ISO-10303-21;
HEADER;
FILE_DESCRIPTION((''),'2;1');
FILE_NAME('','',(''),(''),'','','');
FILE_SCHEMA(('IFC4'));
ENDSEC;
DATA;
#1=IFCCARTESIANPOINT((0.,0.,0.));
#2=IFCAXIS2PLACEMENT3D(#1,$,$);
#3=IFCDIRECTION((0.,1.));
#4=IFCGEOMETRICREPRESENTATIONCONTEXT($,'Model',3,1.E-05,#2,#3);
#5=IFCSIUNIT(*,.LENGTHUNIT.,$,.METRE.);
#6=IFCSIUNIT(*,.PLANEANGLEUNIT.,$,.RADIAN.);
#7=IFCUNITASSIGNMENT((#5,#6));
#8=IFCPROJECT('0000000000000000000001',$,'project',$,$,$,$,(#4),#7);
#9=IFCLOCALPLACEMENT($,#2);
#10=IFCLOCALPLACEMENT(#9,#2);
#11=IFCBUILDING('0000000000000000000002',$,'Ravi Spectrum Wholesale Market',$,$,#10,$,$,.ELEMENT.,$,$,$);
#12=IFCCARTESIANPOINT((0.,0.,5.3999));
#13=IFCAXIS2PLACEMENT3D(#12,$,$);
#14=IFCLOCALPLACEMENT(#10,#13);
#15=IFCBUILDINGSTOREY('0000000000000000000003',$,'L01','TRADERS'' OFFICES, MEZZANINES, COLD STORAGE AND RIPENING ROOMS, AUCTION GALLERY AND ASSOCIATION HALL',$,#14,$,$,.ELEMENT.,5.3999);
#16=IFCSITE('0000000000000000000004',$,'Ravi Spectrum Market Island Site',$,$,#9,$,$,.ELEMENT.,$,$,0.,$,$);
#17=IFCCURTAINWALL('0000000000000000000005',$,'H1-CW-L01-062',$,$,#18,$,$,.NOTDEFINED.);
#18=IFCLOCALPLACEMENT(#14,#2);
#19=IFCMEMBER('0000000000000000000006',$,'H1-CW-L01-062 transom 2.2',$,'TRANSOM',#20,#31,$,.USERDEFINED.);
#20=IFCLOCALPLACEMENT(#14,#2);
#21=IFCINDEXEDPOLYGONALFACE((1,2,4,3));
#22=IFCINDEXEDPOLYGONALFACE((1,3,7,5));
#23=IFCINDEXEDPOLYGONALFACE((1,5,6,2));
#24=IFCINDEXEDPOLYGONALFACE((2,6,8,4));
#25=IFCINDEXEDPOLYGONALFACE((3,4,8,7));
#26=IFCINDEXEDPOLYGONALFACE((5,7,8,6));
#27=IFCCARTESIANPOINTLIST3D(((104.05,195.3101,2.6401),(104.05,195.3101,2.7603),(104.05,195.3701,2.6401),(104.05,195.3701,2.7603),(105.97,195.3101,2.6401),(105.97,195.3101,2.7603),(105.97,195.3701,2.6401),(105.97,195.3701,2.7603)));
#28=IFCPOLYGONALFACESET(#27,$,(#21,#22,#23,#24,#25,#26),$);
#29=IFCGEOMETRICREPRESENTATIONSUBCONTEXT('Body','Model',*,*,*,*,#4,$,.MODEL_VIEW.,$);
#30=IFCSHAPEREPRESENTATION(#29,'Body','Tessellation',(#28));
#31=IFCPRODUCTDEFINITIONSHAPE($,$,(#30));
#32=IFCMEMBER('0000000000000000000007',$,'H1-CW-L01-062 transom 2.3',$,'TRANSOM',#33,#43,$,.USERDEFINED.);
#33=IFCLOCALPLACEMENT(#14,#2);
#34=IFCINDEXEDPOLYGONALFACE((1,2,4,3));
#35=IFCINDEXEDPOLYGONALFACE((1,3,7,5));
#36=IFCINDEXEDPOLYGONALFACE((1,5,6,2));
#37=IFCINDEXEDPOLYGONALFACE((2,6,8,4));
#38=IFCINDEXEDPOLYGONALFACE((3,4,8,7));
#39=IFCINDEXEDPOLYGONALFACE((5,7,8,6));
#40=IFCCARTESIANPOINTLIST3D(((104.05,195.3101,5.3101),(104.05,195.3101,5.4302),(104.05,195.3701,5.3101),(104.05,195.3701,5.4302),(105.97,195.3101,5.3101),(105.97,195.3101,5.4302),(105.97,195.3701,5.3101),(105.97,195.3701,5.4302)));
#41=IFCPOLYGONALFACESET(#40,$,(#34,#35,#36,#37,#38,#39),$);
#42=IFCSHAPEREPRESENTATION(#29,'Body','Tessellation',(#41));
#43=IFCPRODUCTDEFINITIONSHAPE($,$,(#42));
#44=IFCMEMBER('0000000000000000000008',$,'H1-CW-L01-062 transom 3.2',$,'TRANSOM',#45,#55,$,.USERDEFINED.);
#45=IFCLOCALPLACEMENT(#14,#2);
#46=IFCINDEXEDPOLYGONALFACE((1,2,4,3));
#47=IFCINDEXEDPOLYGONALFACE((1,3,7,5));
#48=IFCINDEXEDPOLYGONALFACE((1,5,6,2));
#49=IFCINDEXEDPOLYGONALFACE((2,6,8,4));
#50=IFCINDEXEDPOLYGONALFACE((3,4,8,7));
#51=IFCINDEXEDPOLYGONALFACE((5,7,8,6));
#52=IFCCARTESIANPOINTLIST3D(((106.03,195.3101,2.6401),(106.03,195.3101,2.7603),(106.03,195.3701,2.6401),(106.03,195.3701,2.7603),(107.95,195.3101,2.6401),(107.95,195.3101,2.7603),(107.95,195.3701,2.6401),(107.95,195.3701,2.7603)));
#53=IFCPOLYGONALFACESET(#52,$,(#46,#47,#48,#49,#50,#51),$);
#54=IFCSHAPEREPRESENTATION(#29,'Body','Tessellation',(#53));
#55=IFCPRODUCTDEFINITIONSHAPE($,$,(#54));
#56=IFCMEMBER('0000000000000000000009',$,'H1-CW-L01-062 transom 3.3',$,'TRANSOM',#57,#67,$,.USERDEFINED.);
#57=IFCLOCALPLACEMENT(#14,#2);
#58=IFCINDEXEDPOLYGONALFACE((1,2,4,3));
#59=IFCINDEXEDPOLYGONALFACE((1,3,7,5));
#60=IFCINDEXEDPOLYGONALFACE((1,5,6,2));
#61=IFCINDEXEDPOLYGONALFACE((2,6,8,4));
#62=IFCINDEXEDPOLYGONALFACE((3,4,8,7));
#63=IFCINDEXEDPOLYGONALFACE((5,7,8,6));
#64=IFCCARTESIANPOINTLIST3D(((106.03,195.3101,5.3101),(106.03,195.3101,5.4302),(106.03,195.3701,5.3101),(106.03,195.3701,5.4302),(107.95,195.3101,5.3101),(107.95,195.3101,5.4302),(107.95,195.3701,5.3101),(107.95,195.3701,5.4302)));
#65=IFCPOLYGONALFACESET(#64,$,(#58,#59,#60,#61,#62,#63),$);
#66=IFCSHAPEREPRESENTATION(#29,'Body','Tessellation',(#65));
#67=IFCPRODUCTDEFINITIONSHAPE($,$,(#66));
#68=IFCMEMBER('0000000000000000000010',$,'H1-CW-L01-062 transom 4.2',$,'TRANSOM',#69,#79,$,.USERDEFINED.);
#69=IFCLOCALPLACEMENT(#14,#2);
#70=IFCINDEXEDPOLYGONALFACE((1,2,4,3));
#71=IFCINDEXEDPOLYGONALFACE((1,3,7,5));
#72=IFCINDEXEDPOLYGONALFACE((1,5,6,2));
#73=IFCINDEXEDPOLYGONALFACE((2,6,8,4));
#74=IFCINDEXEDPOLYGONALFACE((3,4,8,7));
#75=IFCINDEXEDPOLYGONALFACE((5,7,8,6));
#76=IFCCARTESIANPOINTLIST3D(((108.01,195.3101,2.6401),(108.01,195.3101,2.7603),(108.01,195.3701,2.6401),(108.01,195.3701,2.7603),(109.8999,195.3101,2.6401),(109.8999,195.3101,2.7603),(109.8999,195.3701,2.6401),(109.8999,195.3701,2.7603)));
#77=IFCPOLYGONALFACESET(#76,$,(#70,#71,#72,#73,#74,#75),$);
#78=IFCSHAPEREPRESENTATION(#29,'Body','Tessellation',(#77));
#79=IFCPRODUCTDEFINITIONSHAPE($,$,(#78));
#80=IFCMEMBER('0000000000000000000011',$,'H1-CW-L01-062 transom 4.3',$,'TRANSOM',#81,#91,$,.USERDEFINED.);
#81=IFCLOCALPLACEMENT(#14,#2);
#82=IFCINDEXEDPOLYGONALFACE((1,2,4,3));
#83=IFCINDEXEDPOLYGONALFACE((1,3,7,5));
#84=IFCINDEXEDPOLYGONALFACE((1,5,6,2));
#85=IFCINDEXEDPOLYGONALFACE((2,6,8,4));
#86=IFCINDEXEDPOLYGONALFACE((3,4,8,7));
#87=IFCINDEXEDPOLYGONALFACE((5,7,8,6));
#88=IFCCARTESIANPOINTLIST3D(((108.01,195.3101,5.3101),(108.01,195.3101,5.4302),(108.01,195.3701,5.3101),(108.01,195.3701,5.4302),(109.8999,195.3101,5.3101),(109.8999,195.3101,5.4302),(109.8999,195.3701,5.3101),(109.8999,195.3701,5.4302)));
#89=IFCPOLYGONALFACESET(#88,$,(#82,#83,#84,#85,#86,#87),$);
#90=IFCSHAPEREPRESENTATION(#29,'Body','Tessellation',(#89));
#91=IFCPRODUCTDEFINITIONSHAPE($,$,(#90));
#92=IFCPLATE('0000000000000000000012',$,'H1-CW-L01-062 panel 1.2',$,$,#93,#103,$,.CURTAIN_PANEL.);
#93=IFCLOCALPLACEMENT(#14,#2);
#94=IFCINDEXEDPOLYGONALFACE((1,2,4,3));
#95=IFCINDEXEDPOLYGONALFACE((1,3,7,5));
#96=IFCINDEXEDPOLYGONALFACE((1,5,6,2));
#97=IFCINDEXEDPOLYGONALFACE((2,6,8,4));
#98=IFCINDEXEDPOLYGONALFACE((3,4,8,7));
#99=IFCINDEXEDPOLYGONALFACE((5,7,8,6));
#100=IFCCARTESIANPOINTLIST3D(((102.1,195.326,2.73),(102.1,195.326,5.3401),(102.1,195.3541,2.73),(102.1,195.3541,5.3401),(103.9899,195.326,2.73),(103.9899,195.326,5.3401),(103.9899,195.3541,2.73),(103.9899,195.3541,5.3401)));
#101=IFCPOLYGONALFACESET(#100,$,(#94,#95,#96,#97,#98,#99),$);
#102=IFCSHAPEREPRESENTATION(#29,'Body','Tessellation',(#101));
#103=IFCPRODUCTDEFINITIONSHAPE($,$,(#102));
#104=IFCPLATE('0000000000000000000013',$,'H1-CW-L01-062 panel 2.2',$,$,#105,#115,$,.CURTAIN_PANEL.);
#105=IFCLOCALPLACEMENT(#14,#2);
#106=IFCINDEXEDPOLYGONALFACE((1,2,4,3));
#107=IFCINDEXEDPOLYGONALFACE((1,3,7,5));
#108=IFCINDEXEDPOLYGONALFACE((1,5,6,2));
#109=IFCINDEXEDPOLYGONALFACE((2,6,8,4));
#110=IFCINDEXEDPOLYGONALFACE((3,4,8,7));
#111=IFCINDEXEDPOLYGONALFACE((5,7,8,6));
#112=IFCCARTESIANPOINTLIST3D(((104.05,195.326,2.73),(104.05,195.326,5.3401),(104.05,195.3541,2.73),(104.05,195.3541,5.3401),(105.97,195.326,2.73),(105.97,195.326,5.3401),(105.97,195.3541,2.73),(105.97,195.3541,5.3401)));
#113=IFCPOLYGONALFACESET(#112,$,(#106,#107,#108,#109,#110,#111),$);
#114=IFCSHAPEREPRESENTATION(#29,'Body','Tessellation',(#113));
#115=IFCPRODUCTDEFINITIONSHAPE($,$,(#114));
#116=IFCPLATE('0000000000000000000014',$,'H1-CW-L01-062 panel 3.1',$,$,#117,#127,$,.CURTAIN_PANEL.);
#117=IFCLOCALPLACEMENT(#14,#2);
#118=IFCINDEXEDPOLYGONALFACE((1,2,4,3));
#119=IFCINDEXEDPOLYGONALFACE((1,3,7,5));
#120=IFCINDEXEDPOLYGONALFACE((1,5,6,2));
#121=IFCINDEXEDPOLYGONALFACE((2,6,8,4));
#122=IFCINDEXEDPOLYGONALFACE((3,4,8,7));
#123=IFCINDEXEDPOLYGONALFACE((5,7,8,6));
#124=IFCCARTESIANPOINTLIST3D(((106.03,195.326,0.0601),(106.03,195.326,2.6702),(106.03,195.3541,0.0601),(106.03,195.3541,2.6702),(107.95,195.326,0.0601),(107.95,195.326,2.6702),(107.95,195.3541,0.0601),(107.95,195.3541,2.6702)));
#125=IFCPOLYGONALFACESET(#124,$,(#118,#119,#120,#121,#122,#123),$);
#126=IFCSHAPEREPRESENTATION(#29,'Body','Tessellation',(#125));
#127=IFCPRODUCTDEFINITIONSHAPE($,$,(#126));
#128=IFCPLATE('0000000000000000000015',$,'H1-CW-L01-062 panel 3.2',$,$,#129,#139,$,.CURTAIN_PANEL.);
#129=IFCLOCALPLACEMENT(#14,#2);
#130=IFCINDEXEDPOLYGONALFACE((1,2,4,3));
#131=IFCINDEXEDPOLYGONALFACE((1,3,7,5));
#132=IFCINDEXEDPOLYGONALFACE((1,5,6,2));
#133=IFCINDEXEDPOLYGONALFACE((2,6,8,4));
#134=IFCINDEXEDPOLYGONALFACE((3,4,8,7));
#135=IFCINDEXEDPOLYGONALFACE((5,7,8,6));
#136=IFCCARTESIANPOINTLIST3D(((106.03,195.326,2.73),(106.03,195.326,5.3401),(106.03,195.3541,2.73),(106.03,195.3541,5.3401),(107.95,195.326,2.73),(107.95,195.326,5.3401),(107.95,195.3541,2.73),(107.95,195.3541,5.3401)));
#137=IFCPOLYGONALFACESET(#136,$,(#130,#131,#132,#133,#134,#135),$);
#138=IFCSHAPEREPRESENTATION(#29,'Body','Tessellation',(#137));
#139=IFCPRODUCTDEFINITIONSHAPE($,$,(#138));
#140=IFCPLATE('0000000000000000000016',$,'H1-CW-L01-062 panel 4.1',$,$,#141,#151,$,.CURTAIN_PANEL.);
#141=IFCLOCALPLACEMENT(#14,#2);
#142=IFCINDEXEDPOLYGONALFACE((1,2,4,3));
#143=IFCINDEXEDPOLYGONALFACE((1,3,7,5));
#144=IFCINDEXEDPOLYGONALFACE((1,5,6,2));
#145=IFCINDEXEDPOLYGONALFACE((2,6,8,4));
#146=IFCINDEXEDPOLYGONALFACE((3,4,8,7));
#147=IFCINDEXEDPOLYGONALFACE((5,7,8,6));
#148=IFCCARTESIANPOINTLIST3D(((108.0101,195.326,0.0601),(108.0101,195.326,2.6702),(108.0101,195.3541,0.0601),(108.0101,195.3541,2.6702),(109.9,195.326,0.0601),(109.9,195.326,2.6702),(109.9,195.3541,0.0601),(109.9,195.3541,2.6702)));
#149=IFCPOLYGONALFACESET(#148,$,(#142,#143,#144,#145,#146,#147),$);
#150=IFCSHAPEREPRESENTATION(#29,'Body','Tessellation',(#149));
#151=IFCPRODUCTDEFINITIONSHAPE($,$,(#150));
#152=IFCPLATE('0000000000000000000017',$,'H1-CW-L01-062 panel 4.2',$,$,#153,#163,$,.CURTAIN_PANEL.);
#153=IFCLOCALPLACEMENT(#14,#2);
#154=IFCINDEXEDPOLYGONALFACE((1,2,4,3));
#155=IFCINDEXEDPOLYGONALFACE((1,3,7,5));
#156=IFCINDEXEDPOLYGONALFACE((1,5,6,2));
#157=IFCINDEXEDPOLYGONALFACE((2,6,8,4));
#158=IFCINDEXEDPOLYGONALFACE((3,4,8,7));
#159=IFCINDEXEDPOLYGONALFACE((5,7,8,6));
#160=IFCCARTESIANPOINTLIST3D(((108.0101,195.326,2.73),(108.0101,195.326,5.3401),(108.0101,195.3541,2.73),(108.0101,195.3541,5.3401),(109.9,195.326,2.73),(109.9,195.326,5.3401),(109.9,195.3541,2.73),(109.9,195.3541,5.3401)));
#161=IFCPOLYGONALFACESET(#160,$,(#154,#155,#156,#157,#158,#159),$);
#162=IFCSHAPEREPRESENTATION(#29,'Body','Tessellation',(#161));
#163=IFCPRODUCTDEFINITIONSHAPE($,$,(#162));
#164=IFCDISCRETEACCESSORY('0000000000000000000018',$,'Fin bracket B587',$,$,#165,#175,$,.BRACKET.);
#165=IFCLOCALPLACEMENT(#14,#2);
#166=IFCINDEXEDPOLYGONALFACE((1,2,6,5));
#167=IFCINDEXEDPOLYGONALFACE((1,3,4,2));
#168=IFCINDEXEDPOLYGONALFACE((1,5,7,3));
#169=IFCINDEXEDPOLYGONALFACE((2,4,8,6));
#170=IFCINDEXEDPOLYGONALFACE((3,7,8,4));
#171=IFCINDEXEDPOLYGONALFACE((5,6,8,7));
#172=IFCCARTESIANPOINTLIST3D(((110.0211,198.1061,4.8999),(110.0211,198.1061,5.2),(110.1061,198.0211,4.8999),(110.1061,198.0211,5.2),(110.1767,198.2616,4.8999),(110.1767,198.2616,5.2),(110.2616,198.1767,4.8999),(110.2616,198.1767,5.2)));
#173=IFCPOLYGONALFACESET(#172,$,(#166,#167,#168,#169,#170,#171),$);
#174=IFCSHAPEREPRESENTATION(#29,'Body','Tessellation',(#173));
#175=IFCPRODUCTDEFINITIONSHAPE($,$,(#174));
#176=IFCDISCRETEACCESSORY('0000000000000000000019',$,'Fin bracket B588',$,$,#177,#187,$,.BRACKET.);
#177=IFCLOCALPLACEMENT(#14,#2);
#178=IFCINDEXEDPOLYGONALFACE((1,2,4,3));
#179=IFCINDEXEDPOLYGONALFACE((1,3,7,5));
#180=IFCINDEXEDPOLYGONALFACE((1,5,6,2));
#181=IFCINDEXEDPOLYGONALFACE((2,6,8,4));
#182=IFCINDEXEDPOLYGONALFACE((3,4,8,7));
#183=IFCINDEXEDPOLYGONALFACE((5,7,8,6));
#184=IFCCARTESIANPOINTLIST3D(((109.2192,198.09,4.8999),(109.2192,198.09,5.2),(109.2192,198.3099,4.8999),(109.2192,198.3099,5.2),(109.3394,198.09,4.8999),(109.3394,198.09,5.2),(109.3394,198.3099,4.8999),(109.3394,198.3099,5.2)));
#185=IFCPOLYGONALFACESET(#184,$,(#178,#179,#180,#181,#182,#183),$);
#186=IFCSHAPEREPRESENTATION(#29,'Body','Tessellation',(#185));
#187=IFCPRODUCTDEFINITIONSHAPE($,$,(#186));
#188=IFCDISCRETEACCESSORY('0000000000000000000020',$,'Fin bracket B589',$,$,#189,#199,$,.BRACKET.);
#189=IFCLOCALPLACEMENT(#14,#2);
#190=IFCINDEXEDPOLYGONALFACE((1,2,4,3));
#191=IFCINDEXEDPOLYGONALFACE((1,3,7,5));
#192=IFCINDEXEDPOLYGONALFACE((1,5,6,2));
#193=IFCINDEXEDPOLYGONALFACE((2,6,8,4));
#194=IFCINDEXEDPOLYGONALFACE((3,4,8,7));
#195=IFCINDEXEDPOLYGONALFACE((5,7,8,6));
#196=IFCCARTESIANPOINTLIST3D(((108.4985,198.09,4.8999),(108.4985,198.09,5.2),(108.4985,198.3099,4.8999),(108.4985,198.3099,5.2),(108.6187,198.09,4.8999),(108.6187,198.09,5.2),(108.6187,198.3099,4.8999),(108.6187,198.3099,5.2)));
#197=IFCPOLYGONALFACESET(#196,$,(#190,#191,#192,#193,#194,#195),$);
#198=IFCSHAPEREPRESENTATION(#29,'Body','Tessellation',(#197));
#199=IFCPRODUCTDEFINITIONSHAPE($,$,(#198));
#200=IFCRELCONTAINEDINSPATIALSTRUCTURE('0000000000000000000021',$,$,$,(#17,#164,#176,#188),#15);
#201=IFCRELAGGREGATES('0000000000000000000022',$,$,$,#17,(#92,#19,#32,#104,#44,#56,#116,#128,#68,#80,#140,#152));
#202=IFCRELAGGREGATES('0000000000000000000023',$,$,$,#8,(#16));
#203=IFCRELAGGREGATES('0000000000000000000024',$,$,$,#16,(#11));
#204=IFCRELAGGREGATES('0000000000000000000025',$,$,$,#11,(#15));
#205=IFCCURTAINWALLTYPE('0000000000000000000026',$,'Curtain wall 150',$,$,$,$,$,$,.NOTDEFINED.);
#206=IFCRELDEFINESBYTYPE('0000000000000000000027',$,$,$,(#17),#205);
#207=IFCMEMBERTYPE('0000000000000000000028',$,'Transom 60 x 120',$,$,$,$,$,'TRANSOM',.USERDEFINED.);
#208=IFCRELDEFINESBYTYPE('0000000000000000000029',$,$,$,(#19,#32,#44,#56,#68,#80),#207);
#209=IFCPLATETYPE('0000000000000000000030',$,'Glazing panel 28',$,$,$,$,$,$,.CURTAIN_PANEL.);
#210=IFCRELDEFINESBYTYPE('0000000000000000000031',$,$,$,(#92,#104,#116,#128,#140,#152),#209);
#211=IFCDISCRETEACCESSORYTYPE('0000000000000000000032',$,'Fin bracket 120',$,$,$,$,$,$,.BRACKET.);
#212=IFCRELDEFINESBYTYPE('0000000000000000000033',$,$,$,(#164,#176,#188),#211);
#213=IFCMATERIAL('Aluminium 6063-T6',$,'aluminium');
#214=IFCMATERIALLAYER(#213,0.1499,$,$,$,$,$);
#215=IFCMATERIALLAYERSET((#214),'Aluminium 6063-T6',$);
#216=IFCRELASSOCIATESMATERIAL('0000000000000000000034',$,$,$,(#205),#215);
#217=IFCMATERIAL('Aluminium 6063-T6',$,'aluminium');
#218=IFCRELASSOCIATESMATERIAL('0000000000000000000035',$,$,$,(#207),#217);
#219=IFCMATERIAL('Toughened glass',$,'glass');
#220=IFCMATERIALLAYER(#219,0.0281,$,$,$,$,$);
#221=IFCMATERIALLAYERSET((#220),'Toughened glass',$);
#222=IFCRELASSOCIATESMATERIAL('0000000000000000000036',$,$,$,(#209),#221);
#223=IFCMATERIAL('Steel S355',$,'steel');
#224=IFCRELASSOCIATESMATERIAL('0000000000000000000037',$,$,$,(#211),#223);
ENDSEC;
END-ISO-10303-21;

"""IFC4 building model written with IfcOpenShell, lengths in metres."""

from ifc_helpers import new_model, si_unit, direction, frame, origin, origin_2d, place, context, subcontext, project, spatial, rectangle, extrude, material, layer, layer_set, material_profile, profile_set, type_object, element, aggregate, save


model = new_model("IFC4")

# Units and contexts
model_context = context("Model", 3, precision=1e-05, world=origin(), true_north=direction((0.0, 1.0)))
body_context = subcontext(model_context, "Body", "Model", "MODEL_VIEW")
ifc_project = project(units=[si_unit("LENGTHUNIT", "METRE"), si_unit("PLANEANGLEUNIT", "RADIAN")], contexts=[model_context])

# Site, building, storey
site_placement = place(None, origin())
site = spatial("IfcSite", under=ifc_project, at=site_placement, Name="Ravi Spectrum Market Island Site", CompositionType="ELEMENT", RefElevation=0.0)
building_placement = place(site_placement, origin())
building = spatial("IfcBuilding", under=site, at=building_placement, Name="Ravi Spectrum Wholesale Market", CompositionType="ELEMENT")
storey_placement = place(building_placement, frame((0.0, 0.0, 5.3999)))
storey = spatial("IfcBuildingStorey", under=building, at=storey_placement, Name="L01", Description="TRADERS' OFFICES, MEZZANINES, COLD STORAGE AND RIPENING ROOMS, AUCTION GALLERY AND ASSOCIATION HALL", CompositionType="ELEMENT", Elevation=5.3999)

# Curtain wall, members, plates
ifc_material_1 = material(Name="Aluminium 6063-T6", Category="aluminium")
ifc_layer_1 = layer(ifc_material_1, 0.1499)
ifc_layer_set_1 = layer_set([ifc_layer_1], Name="Aluminium 6063-T6")
curtain_wall_type = type_object("IfcCurtainWallType", Name="Curtain wall 150", PredefinedType="NOTDEFINED", material=ifc_layer_set_1)
curtain_wall_placement = place(storey_placement, origin())
curtain_wall = element("IfcCurtainWall", 1, at=curtain_wall_placement, inside=storey, type_object=curtain_wall_type, Name="H1-CW-L01-062", PredefinedType="NOTDEFINED")
ifc_material_2 = material(Name="Aluminium 6063-T6", Category="aluminium")
ifc_material_profile = material_profile(ifc_material_2, rectangle(XDim=0.0601, YDim=0.1201, at=origin_2d()))
ifc_profile_set = profile_set([ifc_material_profile], Name="Aluminium 6063-T6")
member_type = type_object("IfcMemberType", Name="Transom 60 x 120", ElementType="TRANSOM", PredefinedType="USERDEFINED", material=ifc_profile_set)
member_1_placement = place(storey_placement, frame((104.05, 195.3401, 2.7002), z_axis=(1.0, 0.0, 0.0), x_axis=(0.0, 1.0, 0.0)))
member_1 = element("IfcMember", 2, at=member_1_placement, type_object=member_type, Name="H1-CW-L01-062 transom 2.2", ObjectType="TRANSOM", PredefinedType="USERDEFINED", context=body_context, shape_type="SweptSolid", body=[
    extrude(rectangle(XDim=0.0601, YDim=0.1201, at=origin_2d()), origin(), (0.0, 0.0, 1.0), 1.9199),
])
member_2_placement = place(storey_placement, frame((104.05, 195.3401, 5.3701), z_axis=(1.0, 0.0, 0.0), x_axis=(0.0, 1.0, 0.0)))
member_2 = element("IfcMember", 3, at=member_2_placement, type_object=member_type, Name="H1-CW-L01-062 transom 2.3", ObjectType="TRANSOM", PredefinedType="USERDEFINED", context=body_context, shape_type="SweptSolid", body=[
    extrude(rectangle(XDim=0.0601, YDim=0.1201, at=origin_2d()), origin(), (0.0, 0.0, 1.0), 1.9199),
])
member_3_placement = place(storey_placement, frame((106.03, 195.3401, 2.7002), z_axis=(1.0, 0.0, 0.0), x_axis=(0.0, 1.0, 0.0)))
member_3 = element("IfcMember", 4, at=member_3_placement, type_object=member_type, Name="H1-CW-L01-062 transom 3.2", ObjectType="TRANSOM", PredefinedType="USERDEFINED", context=body_context, shape_type="SweptSolid", body=[
    extrude(rectangle(XDim=0.0601, YDim=0.1201, at=origin_2d()), origin(), (0.0, 0.0, 1.0), 1.9199),
])
member_4_placement = place(storey_placement, frame((106.03, 195.3401, 5.3701), z_axis=(1.0, 0.0, 0.0), x_axis=(0.0, 1.0, 0.0)))
member_4 = element("IfcMember", 5, at=member_4_placement, type_object=member_type, Name="H1-CW-L01-062 transom 3.3", ObjectType="TRANSOM", PredefinedType="USERDEFINED", context=body_context, shape_type="SweptSolid", body=[
    extrude(rectangle(XDim=0.0601, YDim=0.1201, at=origin_2d()), origin(), (0.0, 0.0, 1.0), 1.9199),
])
member_5_placement = place(storey_placement, frame((108.01, 195.3401, 2.7002), z_axis=(1.0, 0.0, 0.0), x_axis=(0.0, 1.0, 0.0)))
member_5 = element("IfcMember", 6, at=member_5_placement, type_object=member_type, Name="H1-CW-L01-062 transom 4.2", ObjectType="TRANSOM", PredefinedType="USERDEFINED", context=body_context, shape_type="SweptSolid", body=[
    extrude(rectangle(XDim=0.0601, YDim=0.1201, at=origin_2d()), origin(), (0.0, 0.0, 1.0), 1.8899),
])
member_6_placement = place(storey_placement, frame((108.01, 195.3401, 5.3701), z_axis=(1.0, 0.0, 0.0), x_axis=(0.0, 1.0, 0.0)))
member_6 = element("IfcMember", 7, at=member_6_placement, type_object=member_type, Name="H1-CW-L01-062 transom 4.3", ObjectType="TRANSOM", PredefinedType="USERDEFINED", context=body_context, shape_type="SweptSolid", body=[
    extrude(rectangle(XDim=0.0601, YDim=0.1201, at=origin_2d()), origin(), (0.0, 0.0, 1.0), 1.8899),
])
ifc_material_3 = material(Name="Toughened glass", Category="glass")
ifc_layer_2 = layer(ifc_material_3, 0.0281)
ifc_layer_set_2 = layer_set([ifc_layer_2], Name="Toughened glass")
plate_type = type_object("IfcPlateType", Name="Glazing panel 28", PredefinedType="CURTAIN_PANEL", material=ifc_layer_set_2)
plate_1_placement = place(storey_placement, frame((103.0449, 195.3401, 2.73), z_axis=(0.0, 0.0, 1.0), x_axis=(1.0, 0.0, 0.0)))
plate_1 = element("IfcPlate", 8, at=plate_1_placement, type_object=plate_type, Name="H1-CW-L01-062 panel 1.2", PredefinedType="CURTAIN_PANEL", context=body_context, shape_type="SweptSolid", body=[
    extrude(rectangle(XDim=1.8899, YDim=0.0281, at=origin_2d()), origin(), (0.0, 0.0, 1.0), 2.6101),
])
plate_2_placement = place(storey_placement, frame((105.01, 195.3401, 2.73), z_axis=(0.0, 0.0, 1.0), x_axis=(1.0, 0.0, 0.0)))
plate_2 = element("IfcPlate", 9, at=plate_2_placement, type_object=plate_type, Name="H1-CW-L01-062 panel 2.2", PredefinedType="CURTAIN_PANEL", context=body_context, shape_type="SweptSolid", body=[
    extrude(rectangle(XDim=1.9199, YDim=0.0281, at=origin_2d()), origin(), (0.0, 0.0, 1.0), 2.6101),
])
plate_3_placement = place(storey_placement, frame((106.99, 195.3401, 0.0601), z_axis=(0.0, 0.0, 1.0), x_axis=(1.0, 0.0, 0.0)))
plate_3 = element("IfcPlate", 10, at=plate_3_placement, type_object=plate_type, Name="H1-CW-L01-062 panel 3.1", PredefinedType="CURTAIN_PANEL", context=body_context, shape_type="SweptSolid", body=[
    extrude(rectangle(XDim=1.9199, YDim=0.0281, at=origin_2d()), origin(), (0.0, 0.0, 1.0), 2.6101),
])
plate_4_placement = place(storey_placement, frame((106.99, 195.3401, 2.73), z_axis=(0.0, 0.0, 1.0), x_axis=(1.0, 0.0, 0.0)))
plate_4 = element("IfcPlate", 11, at=plate_4_placement, type_object=plate_type, Name="H1-CW-L01-062 panel 3.2", PredefinedType="CURTAIN_PANEL", context=body_context, shape_type="SweptSolid", body=[
    extrude(rectangle(XDim=1.9199, YDim=0.0281, at=origin_2d()), origin(), (0.0, 0.0, 1.0), 2.6101),
])
plate_5_placement = place(storey_placement, frame((108.9551, 195.3401, 0.0601), z_axis=(0.0, 0.0, 1.0), x_axis=(1.0, 0.0, 0.0)))
plate_5 = element("IfcPlate", 12, at=plate_5_placement, type_object=plate_type, Name="H1-CW-L01-062 panel 4.1", PredefinedType="CURTAIN_PANEL", context=body_context, shape_type="SweptSolid", body=[
    extrude(rectangle(XDim=1.8899, YDim=0.0281, at=origin_2d()), origin(), (0.0, 0.0, 1.0), 2.6101),
])
plate_6_placement = place(storey_placement, frame((108.9551, 195.3401, 2.73), z_axis=(0.0, 0.0, 1.0), x_axis=(1.0, 0.0, 0.0)))
plate_6 = element("IfcPlate", 13, at=plate_6_placement, type_object=plate_type, Name="H1-CW-L01-062 panel 4.2", PredefinedType="CURTAIN_PANEL", context=body_context, shape_type="SweptSolid", body=[
    extrude(rectangle(XDim=1.8899, YDim=0.0281, at=origin_2d()), origin(), (0.0, 0.0, 1.0), 2.6101),
])
aggregate(curtain_wall, [plate_1, member_1, member_2, plate_2, member_3, member_4, plate_3, plate_4, member_5, member_6, plate_5, plate_6])

# Discrete accessories
ifc_material_4 = material(Name="Steel S355", Category="steel")
discrete_accessory_type = type_object("IfcDiscreteAccessoryType", Name="Fin bracket 120", PredefinedType="BRACKET", material=ifc_material_4)
for number, where, z_axis, x_axis, name in (
    (14, (110.1414, 198.1414, 4.8999), (0.0, 0.0, 1.0), (-0.707107, 0.707107, 0.0), "Fin bracket B587"),
    (15, (109.2793, 198.2, 4.8999), (0.0, 0.0, 1.0), (-1.0, 0.0, 0.0), "Fin bracket B588"),
    (16, (108.5586, 198.2, 4.8999), (0.0, 0.0, 1.0), (-1.0, 0.0, 0.0), "Fin bracket B589"),
):
    element("IfcDiscreteAccessory", number, at=place(storey_placement, frame(where, z_axis=z_axis, x_axis=x_axis)), inside=storey, type_object=discrete_accessory_type, Name=name, PredefinedType="BRACKET", context=body_context, shape_type="SweptSolid", body=[
        extrude(rectangle(XDim=0.1201, YDim=0.22, at=origin_2d()), origin(), (0.0, 0.0, 1.0), 0.3),
    ])

save(model, "model.ifc")
